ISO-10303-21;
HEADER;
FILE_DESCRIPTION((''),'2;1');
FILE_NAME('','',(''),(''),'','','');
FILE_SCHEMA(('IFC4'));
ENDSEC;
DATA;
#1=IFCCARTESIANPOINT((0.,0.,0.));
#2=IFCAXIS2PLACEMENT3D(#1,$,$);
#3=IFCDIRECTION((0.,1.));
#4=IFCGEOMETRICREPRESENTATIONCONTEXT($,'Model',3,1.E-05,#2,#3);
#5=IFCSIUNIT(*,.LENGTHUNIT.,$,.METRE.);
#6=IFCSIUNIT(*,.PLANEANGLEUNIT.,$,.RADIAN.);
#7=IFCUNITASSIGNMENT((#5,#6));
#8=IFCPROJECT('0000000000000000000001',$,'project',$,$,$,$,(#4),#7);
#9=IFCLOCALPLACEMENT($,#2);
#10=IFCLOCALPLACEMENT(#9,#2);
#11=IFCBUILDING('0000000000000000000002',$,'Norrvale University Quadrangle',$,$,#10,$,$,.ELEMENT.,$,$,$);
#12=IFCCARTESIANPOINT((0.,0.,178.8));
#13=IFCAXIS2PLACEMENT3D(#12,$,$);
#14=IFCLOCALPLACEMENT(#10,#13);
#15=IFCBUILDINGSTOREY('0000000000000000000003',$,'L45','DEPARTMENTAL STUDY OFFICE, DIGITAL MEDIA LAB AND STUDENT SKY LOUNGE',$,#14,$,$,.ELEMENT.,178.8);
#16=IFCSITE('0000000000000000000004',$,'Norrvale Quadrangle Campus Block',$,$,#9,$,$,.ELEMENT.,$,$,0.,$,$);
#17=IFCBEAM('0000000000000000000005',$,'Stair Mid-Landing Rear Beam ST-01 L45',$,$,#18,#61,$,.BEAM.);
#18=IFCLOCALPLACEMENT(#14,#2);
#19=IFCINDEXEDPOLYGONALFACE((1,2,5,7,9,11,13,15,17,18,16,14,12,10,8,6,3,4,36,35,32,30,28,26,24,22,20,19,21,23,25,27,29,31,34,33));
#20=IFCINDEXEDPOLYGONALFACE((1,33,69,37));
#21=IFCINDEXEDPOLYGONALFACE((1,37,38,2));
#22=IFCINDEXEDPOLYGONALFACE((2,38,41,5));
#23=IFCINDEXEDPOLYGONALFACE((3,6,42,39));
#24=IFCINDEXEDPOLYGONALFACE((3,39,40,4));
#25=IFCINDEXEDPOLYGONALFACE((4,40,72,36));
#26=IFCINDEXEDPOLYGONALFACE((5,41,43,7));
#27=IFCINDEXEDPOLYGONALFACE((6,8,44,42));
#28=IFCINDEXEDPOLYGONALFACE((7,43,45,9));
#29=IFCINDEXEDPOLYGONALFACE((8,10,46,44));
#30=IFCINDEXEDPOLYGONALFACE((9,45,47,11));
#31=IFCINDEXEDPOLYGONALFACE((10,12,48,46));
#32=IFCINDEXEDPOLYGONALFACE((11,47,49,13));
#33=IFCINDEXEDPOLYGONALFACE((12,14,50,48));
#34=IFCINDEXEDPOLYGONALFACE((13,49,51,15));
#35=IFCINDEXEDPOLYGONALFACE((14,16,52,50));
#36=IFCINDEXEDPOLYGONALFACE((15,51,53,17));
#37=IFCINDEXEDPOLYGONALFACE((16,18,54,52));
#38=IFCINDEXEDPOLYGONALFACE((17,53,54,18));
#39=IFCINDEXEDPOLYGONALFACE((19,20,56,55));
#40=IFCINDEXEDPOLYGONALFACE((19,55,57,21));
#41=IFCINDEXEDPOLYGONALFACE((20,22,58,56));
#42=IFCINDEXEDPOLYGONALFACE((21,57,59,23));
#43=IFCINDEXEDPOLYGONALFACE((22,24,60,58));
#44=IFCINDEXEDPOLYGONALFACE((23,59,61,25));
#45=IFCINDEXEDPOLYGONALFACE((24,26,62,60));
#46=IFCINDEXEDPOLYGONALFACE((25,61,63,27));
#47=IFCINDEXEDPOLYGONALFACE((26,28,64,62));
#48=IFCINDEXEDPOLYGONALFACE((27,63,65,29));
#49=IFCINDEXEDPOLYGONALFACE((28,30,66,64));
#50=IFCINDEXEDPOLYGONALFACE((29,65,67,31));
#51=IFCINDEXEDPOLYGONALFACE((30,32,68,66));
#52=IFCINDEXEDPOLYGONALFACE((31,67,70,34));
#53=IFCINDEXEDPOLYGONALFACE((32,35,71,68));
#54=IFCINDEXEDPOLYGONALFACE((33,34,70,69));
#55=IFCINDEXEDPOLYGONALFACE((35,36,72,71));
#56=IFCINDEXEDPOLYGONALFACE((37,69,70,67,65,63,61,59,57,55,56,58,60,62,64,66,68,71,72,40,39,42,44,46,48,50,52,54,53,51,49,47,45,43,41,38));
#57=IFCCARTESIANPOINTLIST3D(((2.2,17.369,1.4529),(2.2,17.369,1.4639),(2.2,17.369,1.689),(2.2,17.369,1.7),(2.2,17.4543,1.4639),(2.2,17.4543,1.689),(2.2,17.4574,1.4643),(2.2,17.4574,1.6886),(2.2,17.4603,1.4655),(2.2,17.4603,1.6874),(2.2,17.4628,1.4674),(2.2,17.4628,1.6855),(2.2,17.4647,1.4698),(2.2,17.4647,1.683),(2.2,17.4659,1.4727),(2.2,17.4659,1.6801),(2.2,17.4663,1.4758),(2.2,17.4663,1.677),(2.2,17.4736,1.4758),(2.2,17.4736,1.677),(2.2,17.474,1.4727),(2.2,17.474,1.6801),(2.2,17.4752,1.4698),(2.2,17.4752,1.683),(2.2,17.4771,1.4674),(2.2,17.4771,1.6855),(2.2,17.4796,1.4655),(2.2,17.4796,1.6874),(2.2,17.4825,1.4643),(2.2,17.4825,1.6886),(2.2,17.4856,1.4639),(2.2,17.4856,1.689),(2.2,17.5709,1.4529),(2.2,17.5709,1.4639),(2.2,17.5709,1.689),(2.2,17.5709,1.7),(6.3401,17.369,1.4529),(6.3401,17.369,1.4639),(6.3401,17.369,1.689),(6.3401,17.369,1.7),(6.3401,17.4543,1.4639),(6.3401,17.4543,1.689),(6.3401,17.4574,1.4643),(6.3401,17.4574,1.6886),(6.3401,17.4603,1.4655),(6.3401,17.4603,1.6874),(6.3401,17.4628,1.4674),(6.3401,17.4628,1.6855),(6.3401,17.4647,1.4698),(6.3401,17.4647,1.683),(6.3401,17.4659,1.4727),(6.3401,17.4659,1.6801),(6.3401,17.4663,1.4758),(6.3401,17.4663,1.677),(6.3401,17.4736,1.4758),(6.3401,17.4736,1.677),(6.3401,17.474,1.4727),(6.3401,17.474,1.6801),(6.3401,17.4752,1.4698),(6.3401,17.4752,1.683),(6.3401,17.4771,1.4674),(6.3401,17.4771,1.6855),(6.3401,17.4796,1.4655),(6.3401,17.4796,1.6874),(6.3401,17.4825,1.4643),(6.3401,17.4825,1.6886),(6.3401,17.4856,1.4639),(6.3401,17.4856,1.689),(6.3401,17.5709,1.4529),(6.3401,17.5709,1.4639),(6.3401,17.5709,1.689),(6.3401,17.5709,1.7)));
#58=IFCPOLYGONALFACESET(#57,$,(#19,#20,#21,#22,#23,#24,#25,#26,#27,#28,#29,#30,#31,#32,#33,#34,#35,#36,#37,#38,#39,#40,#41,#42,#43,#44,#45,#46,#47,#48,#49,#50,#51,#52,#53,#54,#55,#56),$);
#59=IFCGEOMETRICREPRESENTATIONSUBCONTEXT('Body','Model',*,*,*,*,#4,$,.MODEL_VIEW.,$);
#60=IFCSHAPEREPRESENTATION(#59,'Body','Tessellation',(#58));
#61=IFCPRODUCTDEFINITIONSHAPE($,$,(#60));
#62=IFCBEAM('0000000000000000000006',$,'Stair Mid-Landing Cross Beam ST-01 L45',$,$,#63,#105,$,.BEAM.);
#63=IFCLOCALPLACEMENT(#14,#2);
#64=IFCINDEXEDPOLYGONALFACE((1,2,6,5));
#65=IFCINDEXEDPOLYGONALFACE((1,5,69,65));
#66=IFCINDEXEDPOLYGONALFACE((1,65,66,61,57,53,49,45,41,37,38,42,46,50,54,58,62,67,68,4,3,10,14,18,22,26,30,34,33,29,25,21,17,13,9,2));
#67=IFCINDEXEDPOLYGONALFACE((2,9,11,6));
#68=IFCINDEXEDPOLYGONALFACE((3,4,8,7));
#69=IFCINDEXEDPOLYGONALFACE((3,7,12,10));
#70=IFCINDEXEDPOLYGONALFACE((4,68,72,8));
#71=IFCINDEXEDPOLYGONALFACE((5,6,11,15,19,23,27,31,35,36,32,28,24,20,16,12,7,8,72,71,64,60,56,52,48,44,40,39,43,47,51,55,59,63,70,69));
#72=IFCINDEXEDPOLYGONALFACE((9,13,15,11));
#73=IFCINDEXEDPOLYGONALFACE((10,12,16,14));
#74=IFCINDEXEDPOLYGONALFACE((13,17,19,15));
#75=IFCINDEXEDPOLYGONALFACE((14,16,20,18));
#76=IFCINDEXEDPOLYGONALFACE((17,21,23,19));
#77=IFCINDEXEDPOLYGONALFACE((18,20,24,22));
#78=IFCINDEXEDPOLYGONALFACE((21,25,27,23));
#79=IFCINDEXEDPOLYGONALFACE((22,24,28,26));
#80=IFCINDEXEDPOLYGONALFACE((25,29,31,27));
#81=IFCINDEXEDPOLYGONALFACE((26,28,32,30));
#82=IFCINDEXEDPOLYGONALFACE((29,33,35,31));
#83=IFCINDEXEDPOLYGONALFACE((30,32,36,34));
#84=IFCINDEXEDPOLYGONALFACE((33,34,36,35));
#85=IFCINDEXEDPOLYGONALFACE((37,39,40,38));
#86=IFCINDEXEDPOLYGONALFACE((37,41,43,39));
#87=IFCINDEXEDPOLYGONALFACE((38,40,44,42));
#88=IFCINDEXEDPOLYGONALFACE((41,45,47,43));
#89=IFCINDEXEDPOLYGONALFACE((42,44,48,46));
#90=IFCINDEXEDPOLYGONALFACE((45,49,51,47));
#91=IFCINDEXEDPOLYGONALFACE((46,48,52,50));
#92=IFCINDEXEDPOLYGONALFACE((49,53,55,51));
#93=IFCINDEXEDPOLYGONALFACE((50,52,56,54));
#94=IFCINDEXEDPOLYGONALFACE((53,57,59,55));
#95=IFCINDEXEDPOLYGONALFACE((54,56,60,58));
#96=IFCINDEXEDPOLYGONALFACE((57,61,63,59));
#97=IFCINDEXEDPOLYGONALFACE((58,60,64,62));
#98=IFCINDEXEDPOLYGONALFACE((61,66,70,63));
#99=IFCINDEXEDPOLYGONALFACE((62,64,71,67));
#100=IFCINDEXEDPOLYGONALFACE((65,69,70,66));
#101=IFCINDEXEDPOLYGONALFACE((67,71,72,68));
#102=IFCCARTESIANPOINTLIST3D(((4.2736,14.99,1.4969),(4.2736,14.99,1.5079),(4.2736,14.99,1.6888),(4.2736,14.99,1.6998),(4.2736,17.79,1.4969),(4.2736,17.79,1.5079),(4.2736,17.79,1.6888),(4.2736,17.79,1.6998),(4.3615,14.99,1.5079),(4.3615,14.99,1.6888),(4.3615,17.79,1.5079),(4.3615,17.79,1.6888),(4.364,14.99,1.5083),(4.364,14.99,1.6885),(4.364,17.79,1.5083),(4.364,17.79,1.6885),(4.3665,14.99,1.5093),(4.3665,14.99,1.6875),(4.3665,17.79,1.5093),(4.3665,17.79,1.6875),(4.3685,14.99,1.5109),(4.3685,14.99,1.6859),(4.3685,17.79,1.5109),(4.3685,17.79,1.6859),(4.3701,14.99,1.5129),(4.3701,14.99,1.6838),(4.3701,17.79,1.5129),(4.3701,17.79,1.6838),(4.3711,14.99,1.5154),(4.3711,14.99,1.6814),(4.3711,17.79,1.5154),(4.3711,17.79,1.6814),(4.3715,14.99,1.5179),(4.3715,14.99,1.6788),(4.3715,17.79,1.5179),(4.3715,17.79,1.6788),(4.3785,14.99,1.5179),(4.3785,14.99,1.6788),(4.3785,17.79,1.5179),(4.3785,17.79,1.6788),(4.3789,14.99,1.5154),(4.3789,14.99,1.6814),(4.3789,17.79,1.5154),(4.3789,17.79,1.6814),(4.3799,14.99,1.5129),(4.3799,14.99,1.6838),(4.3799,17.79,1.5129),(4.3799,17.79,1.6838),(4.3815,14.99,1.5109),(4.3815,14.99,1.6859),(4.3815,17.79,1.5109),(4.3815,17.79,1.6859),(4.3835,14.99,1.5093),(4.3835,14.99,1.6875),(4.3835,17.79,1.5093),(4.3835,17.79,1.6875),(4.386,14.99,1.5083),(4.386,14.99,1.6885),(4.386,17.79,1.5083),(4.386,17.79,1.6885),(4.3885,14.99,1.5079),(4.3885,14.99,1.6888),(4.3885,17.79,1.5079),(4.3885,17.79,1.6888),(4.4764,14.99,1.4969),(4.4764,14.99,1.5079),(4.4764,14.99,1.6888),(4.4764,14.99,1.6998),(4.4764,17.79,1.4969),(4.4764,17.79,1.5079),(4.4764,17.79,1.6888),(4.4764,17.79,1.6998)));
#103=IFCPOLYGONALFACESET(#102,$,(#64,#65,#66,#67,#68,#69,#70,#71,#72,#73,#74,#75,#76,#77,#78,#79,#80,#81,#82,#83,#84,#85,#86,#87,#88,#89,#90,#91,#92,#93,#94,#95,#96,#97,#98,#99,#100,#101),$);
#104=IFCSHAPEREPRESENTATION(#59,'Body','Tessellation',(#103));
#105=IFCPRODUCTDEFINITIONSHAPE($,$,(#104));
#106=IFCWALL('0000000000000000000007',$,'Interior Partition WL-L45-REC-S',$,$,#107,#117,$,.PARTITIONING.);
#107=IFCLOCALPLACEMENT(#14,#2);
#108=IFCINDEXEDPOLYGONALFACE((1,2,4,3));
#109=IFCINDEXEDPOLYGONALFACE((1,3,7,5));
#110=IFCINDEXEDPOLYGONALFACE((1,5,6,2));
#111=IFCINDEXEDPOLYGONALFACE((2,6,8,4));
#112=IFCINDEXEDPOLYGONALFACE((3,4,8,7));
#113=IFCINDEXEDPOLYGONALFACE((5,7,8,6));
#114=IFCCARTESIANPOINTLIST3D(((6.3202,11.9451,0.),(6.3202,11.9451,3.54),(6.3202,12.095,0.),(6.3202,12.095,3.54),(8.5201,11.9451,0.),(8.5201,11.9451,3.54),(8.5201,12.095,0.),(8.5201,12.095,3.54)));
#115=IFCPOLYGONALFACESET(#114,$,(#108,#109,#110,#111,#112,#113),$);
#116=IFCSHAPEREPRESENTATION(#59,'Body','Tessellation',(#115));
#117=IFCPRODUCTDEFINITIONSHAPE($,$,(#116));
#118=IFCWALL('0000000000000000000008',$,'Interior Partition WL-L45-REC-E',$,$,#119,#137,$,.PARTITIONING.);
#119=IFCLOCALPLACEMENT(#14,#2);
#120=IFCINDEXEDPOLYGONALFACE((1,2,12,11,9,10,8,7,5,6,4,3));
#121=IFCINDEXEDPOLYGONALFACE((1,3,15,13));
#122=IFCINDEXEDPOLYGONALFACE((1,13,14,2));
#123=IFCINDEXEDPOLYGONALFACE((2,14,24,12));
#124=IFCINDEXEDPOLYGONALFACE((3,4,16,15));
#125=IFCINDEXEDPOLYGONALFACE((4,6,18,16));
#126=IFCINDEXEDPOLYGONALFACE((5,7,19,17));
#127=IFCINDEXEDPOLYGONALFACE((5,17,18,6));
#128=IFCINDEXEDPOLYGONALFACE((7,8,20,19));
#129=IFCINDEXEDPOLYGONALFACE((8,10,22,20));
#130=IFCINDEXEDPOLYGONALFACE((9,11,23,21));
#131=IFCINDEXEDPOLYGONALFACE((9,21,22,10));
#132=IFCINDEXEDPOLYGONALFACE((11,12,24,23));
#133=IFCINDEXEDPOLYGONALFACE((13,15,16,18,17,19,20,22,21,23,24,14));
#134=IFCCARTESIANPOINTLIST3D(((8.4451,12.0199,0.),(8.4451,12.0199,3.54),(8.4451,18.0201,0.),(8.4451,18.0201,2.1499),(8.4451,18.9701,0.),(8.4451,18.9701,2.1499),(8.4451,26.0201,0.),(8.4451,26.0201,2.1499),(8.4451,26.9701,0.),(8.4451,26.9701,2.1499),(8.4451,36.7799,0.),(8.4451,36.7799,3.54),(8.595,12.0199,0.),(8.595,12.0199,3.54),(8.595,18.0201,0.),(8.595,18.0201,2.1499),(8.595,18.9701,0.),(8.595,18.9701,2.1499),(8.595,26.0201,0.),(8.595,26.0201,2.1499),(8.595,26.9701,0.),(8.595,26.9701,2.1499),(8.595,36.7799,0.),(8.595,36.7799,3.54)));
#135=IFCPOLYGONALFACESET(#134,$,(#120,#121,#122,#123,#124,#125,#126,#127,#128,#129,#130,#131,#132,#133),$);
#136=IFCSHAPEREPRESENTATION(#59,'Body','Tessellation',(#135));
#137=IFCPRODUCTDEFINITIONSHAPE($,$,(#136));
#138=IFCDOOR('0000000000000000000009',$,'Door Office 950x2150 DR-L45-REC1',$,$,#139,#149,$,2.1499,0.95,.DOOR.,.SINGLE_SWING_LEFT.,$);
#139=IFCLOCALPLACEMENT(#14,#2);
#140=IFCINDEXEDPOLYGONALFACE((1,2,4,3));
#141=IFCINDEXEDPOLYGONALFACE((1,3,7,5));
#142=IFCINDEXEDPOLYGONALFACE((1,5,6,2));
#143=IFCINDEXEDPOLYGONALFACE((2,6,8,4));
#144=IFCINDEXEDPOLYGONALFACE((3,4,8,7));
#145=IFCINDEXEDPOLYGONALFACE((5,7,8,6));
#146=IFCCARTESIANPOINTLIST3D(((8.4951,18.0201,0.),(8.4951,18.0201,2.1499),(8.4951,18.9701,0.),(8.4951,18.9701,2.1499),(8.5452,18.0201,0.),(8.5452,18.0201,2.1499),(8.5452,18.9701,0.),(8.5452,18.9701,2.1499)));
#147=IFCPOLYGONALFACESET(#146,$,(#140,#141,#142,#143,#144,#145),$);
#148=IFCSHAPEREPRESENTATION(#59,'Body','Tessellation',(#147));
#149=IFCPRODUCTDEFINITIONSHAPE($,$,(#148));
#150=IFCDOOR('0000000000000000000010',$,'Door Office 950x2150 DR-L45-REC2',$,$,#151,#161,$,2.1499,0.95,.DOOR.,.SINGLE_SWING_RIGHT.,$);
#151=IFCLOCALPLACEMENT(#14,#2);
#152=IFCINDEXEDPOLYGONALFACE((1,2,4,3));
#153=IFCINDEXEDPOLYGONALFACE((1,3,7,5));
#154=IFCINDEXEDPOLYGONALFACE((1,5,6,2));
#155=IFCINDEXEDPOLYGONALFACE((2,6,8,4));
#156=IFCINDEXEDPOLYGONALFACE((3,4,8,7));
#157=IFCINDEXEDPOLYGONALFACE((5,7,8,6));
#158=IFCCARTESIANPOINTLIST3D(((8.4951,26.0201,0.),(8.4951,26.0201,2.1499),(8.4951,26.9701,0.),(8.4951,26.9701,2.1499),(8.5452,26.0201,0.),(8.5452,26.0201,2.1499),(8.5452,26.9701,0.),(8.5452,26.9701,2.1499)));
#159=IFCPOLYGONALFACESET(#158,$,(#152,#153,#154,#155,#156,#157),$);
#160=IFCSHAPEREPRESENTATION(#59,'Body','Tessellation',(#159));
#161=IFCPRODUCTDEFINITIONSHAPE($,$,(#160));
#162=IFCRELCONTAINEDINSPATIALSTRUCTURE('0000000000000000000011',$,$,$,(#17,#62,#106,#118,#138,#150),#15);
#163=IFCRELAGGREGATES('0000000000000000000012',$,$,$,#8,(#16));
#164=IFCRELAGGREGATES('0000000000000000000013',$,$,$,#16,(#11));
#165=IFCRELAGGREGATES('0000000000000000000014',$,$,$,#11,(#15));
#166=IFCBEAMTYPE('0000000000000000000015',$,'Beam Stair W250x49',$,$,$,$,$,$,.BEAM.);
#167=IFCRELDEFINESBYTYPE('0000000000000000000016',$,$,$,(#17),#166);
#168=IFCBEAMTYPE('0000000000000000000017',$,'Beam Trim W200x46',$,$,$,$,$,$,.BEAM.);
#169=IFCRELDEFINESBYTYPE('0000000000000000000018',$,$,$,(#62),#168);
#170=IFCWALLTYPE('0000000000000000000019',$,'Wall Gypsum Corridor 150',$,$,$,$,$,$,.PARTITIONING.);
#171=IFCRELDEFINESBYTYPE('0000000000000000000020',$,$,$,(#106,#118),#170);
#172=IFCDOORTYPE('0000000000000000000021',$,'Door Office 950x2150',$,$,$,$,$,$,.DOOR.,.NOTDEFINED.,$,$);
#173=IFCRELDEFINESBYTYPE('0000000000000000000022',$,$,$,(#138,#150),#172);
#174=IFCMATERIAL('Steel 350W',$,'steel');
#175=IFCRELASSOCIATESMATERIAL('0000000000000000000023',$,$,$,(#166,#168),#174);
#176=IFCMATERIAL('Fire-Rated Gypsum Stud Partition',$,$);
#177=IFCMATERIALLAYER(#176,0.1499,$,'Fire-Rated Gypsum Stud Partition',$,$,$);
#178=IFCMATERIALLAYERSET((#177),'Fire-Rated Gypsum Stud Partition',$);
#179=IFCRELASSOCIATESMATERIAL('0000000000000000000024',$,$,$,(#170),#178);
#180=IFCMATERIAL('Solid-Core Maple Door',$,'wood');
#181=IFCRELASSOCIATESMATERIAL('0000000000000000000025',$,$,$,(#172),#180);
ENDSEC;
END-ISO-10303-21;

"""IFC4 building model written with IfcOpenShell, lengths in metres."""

from ifc_helpers import new_model, si_unit, direction, frame, frame_2d, origin, origin_2d, place, context, subcontext, project, spatial, rectangle, i_section, extrude, material, layer, layer_set, material_profile, profile_set, type_object, element, fill, save


model = new_model("IFC4")

# Units and contexts
model_context = context("Model", 3, precision=1e-05, world=origin(), true_north=direction((0.0, 1.0)))
body_context = subcontext(model_context, "Body", "Model", "MODEL_VIEW")
ifc_project = project(units=[si_unit("LENGTHUNIT", "METRE"), si_unit("PLANEANGLEUNIT", "RADIAN")], contexts=[model_context])

# Site, building, storey
site_placement = place(None, origin())
site = spatial("IfcSite", under=ifc_project, at=site_placement, Name="Norrvale Quadrangle Campus Block", CompositionType="ELEMENT", RefElevation=0.0)
building_placement = place(site_placement, origin())
building = spatial("IfcBuilding", under=site, at=building_placement, Name="Norrvale University Quadrangle", CompositionType="ELEMENT")
storey_placement = place(building_placement, frame((0.0, 0.0, 178.8)))
storey = spatial("IfcBuildingStorey", under=building, at=storey_placement, Name="L45", Description="DEPARTMENTAL STUDY OFFICE, DIGITAL MEDIA LAB AND STUDENT SKY LOUNGE", CompositionType="ELEMENT", Elevation=178.8)

# Beams
ifc_material_1 = material(Name="Steel 350W", Category="steel")
ifc_material_profile_1 = material_profile(ifc_material_1, i_section(OverallWidth=0.2019, OverallDepth=0.2471, WebThickness=0.0073, FlangeThickness=0.011, FilletRadius=0.012, at=origin_2d()), Name="Steel 350W")
ifc_profile_set_1 = profile_set([ifc_material_profile_1], Name="Steel 350W")
beam_type_1 = type_object("IfcBeamType", Name="Beam Stair W250x49", PredefinedType="BEAM", material=ifc_profile_set_1)
for number, where, z_axis, x_axis, name in (
    (1, (2.2, 17.47, 1.5764), (1.0, 0.0, 0.0), (0.0, 1.0, 0.0), "Stair Mid-Landing Rear Beam ST-01 L45"),
):
    element("IfcBeam", number, at=place(storey_placement, frame(where, z_axis=z_axis, x_axis=x_axis)), inside=storey, type_object=beam_type_1, Name=name, PredefinedType="BEAM", context=body_context, shape_type="SweptSolid", body=[
        extrude(i_section(OverallWidth=0.2019, OverallDepth=0.2471, WebThickness=0.0073, FlangeThickness=0.011, FilletRadius=0.012, at=origin_2d()), origin(), (0.0, 0.0, 1.0), 4.1401),
    ])
ifc_material_profile_2 = material_profile(ifc_material_1, i_section(OverallWidth=0.2029, OverallDepth=0.2029, WebThickness=0.0071, FlangeThickness=0.011, FilletRadius=0.01, at=origin_2d()), Name="Steel 350W")
ifc_profile_set_2 = profile_set([ifc_material_profile_2], Name="Steel 350W")
beam_type_2 = type_object("IfcBeamType", Name="Beam Trim W200x46", PredefinedType="BEAM", material=ifc_profile_set_2)
beam_1_placement = place(storey_placement, frame((4.375, 14.99, 1.5984), z_axis=(0.0, 1.0, 0.0), x_axis=(-1.0, 0.0, 0.0)))
element("IfcBeam", 2, at=beam_1_placement, inside=storey, type_object=beam_type_2, Name="Stair Mid-Landing Cross Beam ST-01 L45", PredefinedType="BEAM", context=body_context, shape_type="SweptSolid", body=[
    extrude(i_section(OverallWidth=0.2029, OverallDepth=0.2029, WebThickness=0.0071, FlangeThickness=0.011, FilletRadius=0.01, at=origin_2d()), origin(), (0.0, 0.0, 1.0), 2.8),
])

# Wall
ifc_material_2 = material(Name="Fire-Rated Gypsum Stud Partition")
ifc_layer_1 = layer(ifc_material_2, 0.1499, Name="Fire-Rated Gypsum Stud Partition")
ifc_layer_set_1 = layer_set([ifc_layer_1], Name="Fire-Rated Gypsum Stud Partition")
wall_type_1 = type_object("IfcWallType", Name="Wall Gypsum Corridor 150", PredefinedType="PARTITIONING", material=ifc_layer_set_1)
wall_1_placement = place(storey_placement, frame((6.3201, 12.02, 0.0), z_axis=(0.0, 0.0, 1.0), x_axis=(1.0, 0.0, 0.0)))
element("IfcWall", 3, at=wall_1_placement, inside=storey, type_object=wall_type_1, Name="Interior Partition WL-L45-REC-S", PredefinedType="PARTITIONING", context=body_context, shape_type="SweptSolid", body=[
    extrude(rectangle(XDim=2.2, YDim=0.1499, at=frame_2d((1.1001, 0.0))), origin(), (0.0, 0.0, 1.0), 3.54),
])

# Wall, openings, doors
wall_2_placement = place(storey_placement, frame((8.52, 12.02, 0.0), z_axis=(0.0, 0.0, 1.0), x_axis=(0.0, 1.0, 0.0)))
wall_2 = element("IfcWall", 4, at=wall_2_placement, inside=storey, type_object=wall_type_1, Name="Interior Partition WL-L45-REC-E", PredefinedType="PARTITIONING", context=body_context, shape_type="SweptSolid", body=[
    extrude(rectangle(XDim=24.76, YDim=0.1499, at=frame_2d((12.3799, 0.0))), origin(), (0.0, 0.0, 1.0), 3.54),
])
opening_1_placement = place(wall_2_placement, frame((6.0, 0.0, 0.0)))
opening_1 = element("IfcOpeningElement", 5, at=opening_1_placement, cuts=wall_2, PredefinedType="OPENING", context=body_context, shape_type="SweptSolid", body=[
    extrude(rectangle(XDim=0.95, YDim=2.1499, at=frame_2d((0.4751, 1.075))), frame((0.0, 0.0869, 0.0), z_axis=(0.0, -1.0, 0.0), x_axis=(1.0, 0.0, 0.0)), (0.0, 0.0, 1.0), 0.1738),
])
opening_2_placement = place(wall_2_placement, frame((14.0, 0.0, 0.0)))
opening_2 = element("IfcOpeningElement", 6, at=opening_2_placement, cuts=wall_2, PredefinedType="OPENING", context=body_context, shape_type="SweptSolid", body=[
    extrude(rectangle(XDim=0.95, YDim=2.1499, at=frame_2d((0.4751, 1.075))), frame((0.0, 0.0869, 0.0), z_axis=(0.0, -1.0, 0.0), x_axis=(1.0, 0.0, 0.0)), (0.0, 0.0, 1.0), 0.1738),
])
ifc_material_3 = material(Name="Solid-Core Maple Door", Category="wood")
door_type_1 = type_object("IfcDoorType", Name="Door Office 950x2150", OperationType="NOTDEFINED", PredefinedType="DOOR", material=ifc_material_3)
door_1_placement = place(opening_1_placement, origin())
door_1 = element("IfcDoor", 7, at=door_1_placement, inside=storey, type_object=door_type_1, Name="Door Office 950x2150 DR-L45-REC1", OperationType="SINGLE_SWING_LEFT", OverallHeight=2.1499, OverallWidth=0.95, PredefinedType="DOOR", context=body_context, shape_type="SweptSolid", body=[
    extrude(rectangle(XDim=0.95, YDim=2.1499, at=frame_2d((0.4751, 1.075))), frame((0.0, 0.0249, 0.0), z_axis=(0.0, -1.0, 0.0), x_axis=(1.0, 0.0, 0.0)), (0.0, 0.0, 1.0), 0.05),
])
fill(opening_1, door_1)
door_2_placement = place(opening_2_placement, origin())
door_2 = element("IfcDoor", 8, at=door_2_placement, inside=storey, type_object=door_type_1, Name="Door Office 950x2150 DR-L45-REC2", OperationType="SINGLE_SWING_RIGHT", OverallHeight=2.1499, OverallWidth=0.95, PredefinedType="DOOR", context=body_context, shape_type="SweptSolid", body=[
    extrude(rectangle(XDim=0.95, YDim=2.1499, at=frame_2d((0.4751, 1.075))), frame((0.0, 0.0249, 0.0), z_axis=(0.0, -1.0, 0.0), x_axis=(1.0, 0.0, 0.0)), (0.0, 0.0, 1.0), 0.05),
])
fill(opening_2, door_2)

save(model, "model.ifc")
